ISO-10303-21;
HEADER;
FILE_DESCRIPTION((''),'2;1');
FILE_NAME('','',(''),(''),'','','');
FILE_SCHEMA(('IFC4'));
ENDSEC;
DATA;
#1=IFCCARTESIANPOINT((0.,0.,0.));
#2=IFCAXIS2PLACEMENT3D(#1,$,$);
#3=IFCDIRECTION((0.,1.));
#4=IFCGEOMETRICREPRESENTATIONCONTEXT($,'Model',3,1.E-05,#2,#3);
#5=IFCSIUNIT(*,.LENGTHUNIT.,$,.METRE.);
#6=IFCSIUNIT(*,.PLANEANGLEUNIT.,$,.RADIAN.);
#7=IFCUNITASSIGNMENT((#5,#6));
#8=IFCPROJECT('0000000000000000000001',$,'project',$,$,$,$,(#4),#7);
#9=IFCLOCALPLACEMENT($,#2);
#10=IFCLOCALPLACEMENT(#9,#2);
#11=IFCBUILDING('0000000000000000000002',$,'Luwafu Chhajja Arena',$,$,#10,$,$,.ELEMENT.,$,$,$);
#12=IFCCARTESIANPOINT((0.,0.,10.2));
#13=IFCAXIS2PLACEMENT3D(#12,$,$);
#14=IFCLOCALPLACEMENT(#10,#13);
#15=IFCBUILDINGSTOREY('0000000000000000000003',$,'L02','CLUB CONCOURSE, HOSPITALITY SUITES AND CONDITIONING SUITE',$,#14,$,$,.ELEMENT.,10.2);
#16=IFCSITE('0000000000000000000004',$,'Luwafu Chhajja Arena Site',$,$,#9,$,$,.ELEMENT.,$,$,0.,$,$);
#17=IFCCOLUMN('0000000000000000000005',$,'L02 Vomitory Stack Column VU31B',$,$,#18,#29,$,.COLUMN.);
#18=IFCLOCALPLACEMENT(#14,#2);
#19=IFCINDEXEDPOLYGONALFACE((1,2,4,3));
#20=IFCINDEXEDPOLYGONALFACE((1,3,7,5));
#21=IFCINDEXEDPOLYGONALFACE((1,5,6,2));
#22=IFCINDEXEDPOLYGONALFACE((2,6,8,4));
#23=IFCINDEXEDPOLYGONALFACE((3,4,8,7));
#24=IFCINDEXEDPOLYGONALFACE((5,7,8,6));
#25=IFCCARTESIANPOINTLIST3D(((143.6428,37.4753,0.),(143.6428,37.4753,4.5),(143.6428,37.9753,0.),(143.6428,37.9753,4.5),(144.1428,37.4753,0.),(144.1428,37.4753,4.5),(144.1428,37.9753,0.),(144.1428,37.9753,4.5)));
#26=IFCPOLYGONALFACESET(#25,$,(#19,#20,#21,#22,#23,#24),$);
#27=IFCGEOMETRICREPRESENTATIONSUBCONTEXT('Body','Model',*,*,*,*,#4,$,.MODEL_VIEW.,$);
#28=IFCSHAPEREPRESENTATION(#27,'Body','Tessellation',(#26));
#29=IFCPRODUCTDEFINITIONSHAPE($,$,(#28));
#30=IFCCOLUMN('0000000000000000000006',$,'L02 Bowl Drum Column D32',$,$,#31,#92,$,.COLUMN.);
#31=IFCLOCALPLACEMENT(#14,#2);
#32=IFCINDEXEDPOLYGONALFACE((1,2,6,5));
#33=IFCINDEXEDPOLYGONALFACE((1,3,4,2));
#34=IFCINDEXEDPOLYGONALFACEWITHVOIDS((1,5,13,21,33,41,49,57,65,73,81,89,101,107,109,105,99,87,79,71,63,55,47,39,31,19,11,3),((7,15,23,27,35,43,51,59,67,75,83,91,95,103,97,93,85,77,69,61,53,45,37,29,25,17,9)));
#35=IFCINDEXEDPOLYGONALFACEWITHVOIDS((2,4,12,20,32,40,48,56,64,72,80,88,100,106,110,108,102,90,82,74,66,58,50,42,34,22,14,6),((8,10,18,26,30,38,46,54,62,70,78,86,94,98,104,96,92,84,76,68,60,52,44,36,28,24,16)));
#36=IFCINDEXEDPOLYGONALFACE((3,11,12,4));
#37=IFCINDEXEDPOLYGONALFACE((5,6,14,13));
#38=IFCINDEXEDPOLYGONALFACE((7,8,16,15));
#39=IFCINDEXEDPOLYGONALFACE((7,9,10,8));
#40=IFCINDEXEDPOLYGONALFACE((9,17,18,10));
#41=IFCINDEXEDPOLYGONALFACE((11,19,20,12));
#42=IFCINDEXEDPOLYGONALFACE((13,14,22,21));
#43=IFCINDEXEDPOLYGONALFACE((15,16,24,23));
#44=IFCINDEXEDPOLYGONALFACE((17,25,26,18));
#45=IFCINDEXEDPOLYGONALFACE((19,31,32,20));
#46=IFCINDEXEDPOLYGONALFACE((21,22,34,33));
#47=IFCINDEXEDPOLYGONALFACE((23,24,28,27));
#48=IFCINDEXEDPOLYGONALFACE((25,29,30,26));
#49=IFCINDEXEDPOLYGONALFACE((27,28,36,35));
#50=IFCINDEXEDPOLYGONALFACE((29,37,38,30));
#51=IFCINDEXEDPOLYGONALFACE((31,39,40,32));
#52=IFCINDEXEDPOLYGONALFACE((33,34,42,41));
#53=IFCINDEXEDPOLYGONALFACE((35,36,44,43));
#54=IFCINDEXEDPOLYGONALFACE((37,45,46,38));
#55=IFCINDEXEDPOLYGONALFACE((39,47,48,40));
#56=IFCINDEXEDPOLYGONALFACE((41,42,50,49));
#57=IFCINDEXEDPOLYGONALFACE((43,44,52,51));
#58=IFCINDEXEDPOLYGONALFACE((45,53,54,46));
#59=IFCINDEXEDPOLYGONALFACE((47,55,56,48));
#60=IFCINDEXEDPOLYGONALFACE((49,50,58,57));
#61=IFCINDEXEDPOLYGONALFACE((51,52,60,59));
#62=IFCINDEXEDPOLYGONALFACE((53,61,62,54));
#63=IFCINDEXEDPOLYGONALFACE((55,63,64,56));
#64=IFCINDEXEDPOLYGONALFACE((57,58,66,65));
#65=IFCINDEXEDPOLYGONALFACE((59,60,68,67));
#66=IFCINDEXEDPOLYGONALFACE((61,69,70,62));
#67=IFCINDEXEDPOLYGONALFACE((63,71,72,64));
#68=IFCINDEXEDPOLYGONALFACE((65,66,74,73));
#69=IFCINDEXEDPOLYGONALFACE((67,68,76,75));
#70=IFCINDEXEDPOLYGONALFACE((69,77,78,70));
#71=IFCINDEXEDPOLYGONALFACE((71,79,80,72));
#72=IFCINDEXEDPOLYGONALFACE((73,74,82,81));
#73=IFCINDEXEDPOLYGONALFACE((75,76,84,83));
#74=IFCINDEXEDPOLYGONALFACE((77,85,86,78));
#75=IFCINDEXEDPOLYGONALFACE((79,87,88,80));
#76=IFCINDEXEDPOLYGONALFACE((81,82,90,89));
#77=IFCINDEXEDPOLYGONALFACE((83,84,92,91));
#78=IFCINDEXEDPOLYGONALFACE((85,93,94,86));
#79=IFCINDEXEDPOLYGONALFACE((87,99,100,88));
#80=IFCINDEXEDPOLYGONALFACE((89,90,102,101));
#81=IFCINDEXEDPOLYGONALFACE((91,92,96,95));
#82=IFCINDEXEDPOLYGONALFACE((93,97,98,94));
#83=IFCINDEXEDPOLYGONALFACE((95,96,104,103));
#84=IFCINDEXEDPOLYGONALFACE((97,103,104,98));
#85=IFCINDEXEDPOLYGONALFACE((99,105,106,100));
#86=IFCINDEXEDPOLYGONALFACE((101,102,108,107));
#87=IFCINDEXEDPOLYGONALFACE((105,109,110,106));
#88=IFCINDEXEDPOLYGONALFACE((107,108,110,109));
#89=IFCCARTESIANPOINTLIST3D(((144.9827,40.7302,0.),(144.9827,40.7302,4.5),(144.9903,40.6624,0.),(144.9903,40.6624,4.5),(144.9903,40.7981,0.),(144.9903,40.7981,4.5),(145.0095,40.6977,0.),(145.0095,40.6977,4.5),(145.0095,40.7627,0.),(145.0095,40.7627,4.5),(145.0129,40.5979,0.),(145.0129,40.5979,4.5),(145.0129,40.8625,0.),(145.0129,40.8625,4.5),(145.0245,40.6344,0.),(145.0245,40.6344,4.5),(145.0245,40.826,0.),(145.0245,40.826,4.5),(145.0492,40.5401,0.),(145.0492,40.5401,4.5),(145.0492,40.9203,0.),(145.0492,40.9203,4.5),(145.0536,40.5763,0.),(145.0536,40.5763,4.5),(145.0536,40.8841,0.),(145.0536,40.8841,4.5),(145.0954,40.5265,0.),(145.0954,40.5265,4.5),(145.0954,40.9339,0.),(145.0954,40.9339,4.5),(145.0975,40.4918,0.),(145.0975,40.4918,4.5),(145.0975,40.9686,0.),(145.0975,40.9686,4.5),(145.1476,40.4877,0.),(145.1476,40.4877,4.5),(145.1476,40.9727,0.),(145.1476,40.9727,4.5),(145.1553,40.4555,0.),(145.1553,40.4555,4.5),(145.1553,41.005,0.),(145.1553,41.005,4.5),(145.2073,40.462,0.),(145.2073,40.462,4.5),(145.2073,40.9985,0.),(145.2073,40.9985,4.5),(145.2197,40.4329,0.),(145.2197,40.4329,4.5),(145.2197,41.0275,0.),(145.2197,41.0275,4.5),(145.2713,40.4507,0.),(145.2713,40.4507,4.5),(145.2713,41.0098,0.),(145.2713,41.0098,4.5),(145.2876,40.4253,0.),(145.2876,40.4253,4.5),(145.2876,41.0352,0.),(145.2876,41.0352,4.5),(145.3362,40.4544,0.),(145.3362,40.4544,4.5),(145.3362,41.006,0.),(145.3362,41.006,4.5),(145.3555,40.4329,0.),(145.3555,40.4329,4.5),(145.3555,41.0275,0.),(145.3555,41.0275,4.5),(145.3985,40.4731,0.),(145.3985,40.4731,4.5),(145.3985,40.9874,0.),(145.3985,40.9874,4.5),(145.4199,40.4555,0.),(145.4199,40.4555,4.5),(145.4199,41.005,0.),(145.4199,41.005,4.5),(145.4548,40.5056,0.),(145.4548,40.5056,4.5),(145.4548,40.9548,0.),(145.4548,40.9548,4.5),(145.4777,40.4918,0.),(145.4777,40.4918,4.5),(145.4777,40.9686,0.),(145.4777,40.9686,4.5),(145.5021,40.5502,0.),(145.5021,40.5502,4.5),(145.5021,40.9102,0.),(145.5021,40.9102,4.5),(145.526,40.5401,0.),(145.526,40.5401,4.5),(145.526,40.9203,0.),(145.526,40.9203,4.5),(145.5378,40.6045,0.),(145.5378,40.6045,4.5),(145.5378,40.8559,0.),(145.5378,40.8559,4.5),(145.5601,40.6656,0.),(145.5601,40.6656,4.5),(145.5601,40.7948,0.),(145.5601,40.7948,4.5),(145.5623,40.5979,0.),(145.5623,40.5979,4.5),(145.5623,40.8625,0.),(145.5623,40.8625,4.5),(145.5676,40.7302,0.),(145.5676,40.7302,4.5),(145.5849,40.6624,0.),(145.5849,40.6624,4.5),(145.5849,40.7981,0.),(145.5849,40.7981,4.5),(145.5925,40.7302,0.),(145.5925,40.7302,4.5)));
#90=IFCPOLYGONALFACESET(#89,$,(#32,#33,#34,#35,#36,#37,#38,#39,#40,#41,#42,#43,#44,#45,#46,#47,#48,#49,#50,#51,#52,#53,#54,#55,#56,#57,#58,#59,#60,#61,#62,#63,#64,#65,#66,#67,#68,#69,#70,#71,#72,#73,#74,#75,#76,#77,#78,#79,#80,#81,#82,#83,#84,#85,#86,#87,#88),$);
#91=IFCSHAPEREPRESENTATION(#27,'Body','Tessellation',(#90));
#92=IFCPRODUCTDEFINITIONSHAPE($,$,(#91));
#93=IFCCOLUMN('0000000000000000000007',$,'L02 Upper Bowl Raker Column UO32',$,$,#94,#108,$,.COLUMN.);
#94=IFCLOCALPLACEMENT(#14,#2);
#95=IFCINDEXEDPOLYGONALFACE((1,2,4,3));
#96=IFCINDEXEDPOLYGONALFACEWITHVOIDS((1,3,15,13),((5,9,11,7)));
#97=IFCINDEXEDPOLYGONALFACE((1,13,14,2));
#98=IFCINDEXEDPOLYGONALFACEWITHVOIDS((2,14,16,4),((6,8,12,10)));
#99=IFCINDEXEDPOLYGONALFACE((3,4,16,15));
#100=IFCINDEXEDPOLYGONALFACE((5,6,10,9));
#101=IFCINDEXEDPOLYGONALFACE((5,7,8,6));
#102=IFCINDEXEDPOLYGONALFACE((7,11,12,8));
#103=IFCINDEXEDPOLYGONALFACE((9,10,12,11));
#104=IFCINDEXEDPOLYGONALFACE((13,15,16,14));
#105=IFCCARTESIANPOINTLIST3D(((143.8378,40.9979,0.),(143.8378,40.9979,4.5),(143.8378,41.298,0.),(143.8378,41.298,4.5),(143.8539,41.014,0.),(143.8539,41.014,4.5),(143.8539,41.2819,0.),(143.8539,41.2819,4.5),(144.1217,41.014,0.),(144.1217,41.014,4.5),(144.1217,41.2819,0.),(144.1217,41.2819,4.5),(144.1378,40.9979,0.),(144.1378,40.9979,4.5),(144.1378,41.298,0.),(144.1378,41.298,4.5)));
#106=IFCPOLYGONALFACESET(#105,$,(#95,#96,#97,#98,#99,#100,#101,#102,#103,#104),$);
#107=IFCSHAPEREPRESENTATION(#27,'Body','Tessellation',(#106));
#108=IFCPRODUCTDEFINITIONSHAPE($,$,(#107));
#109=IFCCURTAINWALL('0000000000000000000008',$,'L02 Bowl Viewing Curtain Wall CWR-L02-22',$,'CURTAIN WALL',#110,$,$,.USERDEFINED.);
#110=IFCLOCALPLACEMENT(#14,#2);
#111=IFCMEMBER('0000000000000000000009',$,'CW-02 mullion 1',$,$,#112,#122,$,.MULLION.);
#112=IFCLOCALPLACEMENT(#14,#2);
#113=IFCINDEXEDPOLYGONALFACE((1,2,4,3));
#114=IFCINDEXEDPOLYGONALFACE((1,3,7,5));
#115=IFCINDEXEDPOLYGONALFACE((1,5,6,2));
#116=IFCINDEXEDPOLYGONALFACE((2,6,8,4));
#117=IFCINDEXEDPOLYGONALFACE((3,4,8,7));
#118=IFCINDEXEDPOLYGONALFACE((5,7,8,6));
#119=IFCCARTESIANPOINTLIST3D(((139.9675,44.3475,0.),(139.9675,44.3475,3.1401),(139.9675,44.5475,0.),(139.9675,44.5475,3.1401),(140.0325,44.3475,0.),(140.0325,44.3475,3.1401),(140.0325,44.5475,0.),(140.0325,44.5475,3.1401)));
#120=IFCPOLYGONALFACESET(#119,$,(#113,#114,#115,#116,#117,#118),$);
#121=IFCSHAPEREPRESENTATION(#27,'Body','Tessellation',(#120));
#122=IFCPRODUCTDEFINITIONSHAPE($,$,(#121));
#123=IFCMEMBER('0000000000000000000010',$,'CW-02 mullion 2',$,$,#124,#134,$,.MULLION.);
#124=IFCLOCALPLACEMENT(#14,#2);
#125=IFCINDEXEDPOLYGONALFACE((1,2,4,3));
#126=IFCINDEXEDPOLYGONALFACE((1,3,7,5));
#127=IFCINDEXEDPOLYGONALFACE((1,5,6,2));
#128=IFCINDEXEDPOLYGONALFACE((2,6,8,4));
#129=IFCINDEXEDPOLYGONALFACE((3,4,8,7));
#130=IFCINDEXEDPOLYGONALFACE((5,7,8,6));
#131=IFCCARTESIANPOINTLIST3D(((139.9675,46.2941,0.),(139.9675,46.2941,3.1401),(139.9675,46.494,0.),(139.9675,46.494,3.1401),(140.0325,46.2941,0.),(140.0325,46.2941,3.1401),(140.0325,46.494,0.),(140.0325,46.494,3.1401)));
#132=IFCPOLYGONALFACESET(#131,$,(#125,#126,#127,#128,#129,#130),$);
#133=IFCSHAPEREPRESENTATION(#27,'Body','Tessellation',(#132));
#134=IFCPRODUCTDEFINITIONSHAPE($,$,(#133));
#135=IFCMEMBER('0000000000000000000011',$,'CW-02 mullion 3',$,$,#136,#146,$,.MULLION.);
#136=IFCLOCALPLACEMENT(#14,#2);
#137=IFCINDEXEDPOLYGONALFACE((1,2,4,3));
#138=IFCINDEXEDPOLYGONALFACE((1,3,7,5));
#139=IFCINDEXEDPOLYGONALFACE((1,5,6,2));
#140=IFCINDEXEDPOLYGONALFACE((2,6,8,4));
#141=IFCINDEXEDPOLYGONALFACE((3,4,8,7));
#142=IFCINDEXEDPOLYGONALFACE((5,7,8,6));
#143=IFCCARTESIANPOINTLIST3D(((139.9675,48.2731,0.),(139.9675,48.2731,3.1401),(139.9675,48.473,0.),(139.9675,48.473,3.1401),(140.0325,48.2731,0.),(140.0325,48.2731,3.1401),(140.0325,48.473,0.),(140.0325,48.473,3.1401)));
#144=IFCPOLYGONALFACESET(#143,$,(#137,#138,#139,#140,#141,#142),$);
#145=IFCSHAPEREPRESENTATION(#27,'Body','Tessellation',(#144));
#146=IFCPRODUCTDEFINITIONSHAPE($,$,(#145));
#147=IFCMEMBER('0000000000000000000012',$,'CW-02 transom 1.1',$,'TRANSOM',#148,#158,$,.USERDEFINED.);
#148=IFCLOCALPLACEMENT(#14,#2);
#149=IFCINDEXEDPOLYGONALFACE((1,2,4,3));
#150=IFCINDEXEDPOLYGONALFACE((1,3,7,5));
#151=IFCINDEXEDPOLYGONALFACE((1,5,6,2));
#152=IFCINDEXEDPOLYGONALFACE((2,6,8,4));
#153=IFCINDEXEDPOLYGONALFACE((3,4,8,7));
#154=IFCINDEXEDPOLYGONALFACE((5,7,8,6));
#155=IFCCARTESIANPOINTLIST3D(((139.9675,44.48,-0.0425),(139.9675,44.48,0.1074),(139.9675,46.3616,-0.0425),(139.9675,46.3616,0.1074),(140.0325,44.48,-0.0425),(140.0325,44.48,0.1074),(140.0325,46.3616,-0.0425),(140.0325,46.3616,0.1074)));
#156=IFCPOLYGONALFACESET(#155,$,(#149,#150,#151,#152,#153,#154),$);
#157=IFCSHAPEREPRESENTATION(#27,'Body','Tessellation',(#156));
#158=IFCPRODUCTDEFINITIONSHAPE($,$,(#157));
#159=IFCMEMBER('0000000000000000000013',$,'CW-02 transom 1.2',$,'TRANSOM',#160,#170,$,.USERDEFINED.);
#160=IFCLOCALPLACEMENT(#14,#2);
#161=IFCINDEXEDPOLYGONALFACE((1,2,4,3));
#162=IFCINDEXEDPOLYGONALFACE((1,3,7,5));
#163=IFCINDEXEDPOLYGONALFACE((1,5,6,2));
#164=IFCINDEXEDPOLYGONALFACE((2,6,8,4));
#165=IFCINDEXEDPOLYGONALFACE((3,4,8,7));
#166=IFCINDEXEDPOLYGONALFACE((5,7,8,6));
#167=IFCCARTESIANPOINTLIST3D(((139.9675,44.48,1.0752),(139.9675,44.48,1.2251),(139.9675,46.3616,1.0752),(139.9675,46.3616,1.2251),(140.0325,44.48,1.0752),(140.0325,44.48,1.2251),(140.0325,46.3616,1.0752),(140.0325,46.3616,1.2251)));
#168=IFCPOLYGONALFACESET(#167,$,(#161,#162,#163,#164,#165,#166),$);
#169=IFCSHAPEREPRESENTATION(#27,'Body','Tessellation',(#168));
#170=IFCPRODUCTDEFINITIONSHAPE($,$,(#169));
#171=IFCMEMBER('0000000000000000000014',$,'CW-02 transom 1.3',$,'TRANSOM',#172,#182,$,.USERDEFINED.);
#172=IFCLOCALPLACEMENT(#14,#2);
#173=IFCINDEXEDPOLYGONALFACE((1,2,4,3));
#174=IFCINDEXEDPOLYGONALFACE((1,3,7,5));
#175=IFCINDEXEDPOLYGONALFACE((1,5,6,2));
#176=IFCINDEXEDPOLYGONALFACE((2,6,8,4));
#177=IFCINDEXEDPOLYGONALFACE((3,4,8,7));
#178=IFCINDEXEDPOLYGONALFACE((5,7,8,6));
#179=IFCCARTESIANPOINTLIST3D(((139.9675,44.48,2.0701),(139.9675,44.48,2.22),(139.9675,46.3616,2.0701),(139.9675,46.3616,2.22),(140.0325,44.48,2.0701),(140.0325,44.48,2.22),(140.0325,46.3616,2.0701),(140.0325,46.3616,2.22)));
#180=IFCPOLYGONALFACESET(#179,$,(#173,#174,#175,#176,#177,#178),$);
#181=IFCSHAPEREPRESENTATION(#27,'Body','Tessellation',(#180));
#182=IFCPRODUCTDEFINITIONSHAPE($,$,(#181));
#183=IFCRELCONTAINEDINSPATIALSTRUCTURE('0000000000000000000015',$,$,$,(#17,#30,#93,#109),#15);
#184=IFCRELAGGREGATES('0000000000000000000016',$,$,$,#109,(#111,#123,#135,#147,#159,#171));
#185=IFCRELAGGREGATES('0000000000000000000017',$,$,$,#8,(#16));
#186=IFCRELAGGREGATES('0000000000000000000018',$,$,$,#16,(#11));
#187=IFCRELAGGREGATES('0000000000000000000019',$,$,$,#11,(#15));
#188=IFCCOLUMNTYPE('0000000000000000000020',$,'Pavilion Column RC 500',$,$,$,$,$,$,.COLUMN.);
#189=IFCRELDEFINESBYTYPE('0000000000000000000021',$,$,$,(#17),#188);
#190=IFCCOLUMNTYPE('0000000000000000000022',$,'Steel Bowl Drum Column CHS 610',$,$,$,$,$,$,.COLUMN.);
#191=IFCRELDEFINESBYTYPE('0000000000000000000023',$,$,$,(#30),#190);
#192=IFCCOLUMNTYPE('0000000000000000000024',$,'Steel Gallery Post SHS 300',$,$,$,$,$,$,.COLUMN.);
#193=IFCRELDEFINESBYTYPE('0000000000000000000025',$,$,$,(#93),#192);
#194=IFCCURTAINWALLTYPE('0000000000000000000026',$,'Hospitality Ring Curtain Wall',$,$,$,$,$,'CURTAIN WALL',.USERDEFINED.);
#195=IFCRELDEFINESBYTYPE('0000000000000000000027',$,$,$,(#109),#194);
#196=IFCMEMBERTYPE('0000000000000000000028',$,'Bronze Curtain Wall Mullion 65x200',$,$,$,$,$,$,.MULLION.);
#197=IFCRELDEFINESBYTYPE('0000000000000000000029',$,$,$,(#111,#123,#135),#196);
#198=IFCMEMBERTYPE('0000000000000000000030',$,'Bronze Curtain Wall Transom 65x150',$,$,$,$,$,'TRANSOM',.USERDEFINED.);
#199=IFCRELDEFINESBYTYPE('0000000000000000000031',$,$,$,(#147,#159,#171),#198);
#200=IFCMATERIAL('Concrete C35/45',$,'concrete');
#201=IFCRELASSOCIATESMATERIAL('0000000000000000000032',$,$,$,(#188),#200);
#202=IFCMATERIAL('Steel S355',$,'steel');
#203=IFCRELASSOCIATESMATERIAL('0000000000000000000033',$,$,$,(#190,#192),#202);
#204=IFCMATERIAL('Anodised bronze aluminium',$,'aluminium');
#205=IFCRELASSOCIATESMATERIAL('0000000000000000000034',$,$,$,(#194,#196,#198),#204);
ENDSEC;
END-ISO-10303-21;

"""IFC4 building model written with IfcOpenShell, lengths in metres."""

from ifc_helpers import new_model, si_unit, direction, frame, origin, origin_2d, place, context, subcontext, project, spatial, rectangle, hollow_rectangle, hollow_circle, extrude, material, material_profile, profile_set, type_object, element, aggregate, save


model = new_model("IFC4")

# Units and contexts
model_context = context("Model", 3, precision=1e-05, world=origin(), true_north=direction((0.0, 1.0)))
body_context = subcontext(model_context, "Body", "Model", "MODEL_VIEW")
ifc_project = project(units=[si_unit("LENGTHUNIT", "METRE"), si_unit("PLANEANGLEUNIT", "RADIAN")], contexts=[model_context])

# Site, building, storey
site_placement = place(None, origin())
site = spatial("IfcSite", under=ifc_project, at=site_placement, Name="Luwafu Chhajja Arena Site", CompositionType="ELEMENT", RefElevation=0.0)
building_placement = place(site_placement, origin())
building = spatial("IfcBuilding", under=site, at=building_placement, Name="Luwafu Chhajja Arena", CompositionType="ELEMENT")
storey_placement = place(building_placement, frame((0.0, 0.0, 10.2)))
storey = spatial("IfcBuildingStorey", under=building, at=storey_placement, Name="L02", Description="CLUB CONCOURSE, HOSPITALITY SUITES AND CONDITIONING SUITE", CompositionType="ELEMENT", Elevation=10.2)

# Columns
ifc_material_1 = material(Name="Concrete C35/45", Category="concrete")
ifc_material_profile_1 = material_profile(ifc_material_1, rectangle(XDim=0.5, YDim=0.5, at=origin_2d()), Name="RC 500x500")
ifc_profile_set_1 = profile_set([ifc_material_profile_1], Name="Concrete C35/45")
column_type_1 = type_object("IfcColumnType", Name="Pavilion Column RC 500", PredefinedType="COLUMN", material=ifc_profile_set_1)
column_1_placement = place(storey_placement, frame((143.8928, 37.7253, 0.0), z_axis=(0.0, 0.0, 1.0), x_axis=(1.0, 0.0, 0.0)))
element("IfcColumn", 1, at=column_1_placement, inside=storey, type_object=column_type_1, Name="L02 Vomitory Stack Column VU31B", PredefinedType="COLUMN", context=body_context, shape_type="SweptSolid", body=[
    extrude(rectangle(XDim=0.5, YDim=0.5, at=origin_2d()), origin(), (0.0, 0.0, 1.0), 4.5),
])
ifc_material_2 = material(Name="Steel S355", Category="steel")
ifc_material_profile_2 = material_profile(ifc_material_2, hollow_circle(Radius=0.3049, WallThickness=0.0249, at=origin_2d()), Name="CHS 610x25")
ifc_profile_set_2 = profile_set([ifc_material_profile_2], Name="Steel S355")
column_type_2 = type_object("IfcColumnType", Name="Steel Bowl Drum Column CHS 610", PredefinedType="COLUMN", material=ifc_profile_set_2)
column_2_placement = place(storey_placement, frame((145.2876, 40.7302, 0.0), z_axis=(0.0, 0.0, 1.0), x_axis=(1.0, 0.0, 0.0)))
element("IfcColumn", 2, at=column_2_placement, inside=storey, type_object=column_type_2, Name="L02 Bowl Drum Column D32", PredefinedType="COLUMN", context=body_context, shape_type="SweptSolid", body=[
    extrude(hollow_circle(Radius=0.3049, WallThickness=0.0249, at=origin_2d()), origin(), (0.0, 0.0, 1.0), 4.5),
])
ifc_material_profile_3 = material_profile(ifc_material_2, hollow_rectangle(XDim=0.3, YDim=0.3, WallThickness=0.0161, at=origin_2d()), Name="SHS 300x300x16")
ifc_profile_set_3 = profile_set([ifc_material_profile_3], Name="Steel S355")
column_type_3 = type_object("IfcColumnType", Name="Steel Gallery Post SHS 300", PredefinedType="COLUMN", material=ifc_profile_set_3)
column_3_placement = place(storey_placement, frame((143.9878, 41.1479, 0.0), z_axis=(0.0, 0.0, 1.0), x_axis=(1.0, 0.0, 0.0)))
element("IfcColumn", 3, at=column_3_placement, inside=storey, type_object=column_type_3, Name="L02 Upper Bowl Raker Column UO32", PredefinedType="COLUMN", context=body_context, shape_type="SweptSolid", body=[
    extrude(hollow_rectangle(XDim=0.3, YDim=0.3, WallThickness=0.0161, at=origin_2d()), origin(), (0.0, 0.0, 1.0), 4.5),
])

# Curtain wall, members
ifc_material_3 = material(Name="Anodised bronze aluminium", Category="aluminium")
curtain_wall_type = type_object("IfcCurtainWallType", Name="Hospitality Ring Curtain Wall", ElementType="CURTAIN WALL", PredefinedType="USERDEFINED", material=ifc_material_3)
curtain_wall_placement = place(storey_placement, origin())
curtain_wall = element("IfcCurtainWall", 4, at=curtain_wall_placement, inside=storey, type_object=curtain_wall_type, Name="L02 Bowl Viewing Curtain Wall CWR-L02-22", ObjectType="CURTAIN WALL", PredefinedType="USERDEFINED")
ifc_material_profile_4 = material_profile(ifc_material_3, rectangle(XDim=0.0649, YDim=0.2, at=origin_2d()), Name="CWM 65x200")
ifc_profile_set_4 = profile_set([ifc_material_profile_4], Name="Anodised bronze aluminium")
member_type_1 = type_object("IfcMemberType", Name="Bronze Curtain Wall Mullion 65x200", PredefinedType="MULLION", material=ifc_profile_set_4)
member_1_placement = place(storey_placement, frame((140.0, 44.4475, 0.0), z_axis=(0.0, 0.0, 1.0), x_axis=(-1.0, 0.0, 0.0)))
member_1 = element("IfcMember", 5, at=member_1_placement, type_object=member_type_1, Name="CW-02 mullion 1", PredefinedType="MULLION", context=body_context, shape_type="SweptSolid", body=[
    extrude(rectangle(XDim=0.0649, YDim=0.2, at=origin_2d()), origin(), (0.0, 0.0, 1.0), 3.1401),
])
member_2_placement = place(storey_placement, frame((140.0, 46.394, 0.0), z_axis=(0.0, 0.0, 1.0), x_axis=(-1.0, 0.0, 0.0)))
member_2 = element("IfcMember", 6, at=member_2_placement, type_object=member_type_1, Name="CW-02 mullion 2", PredefinedType="MULLION", context=body_context, shape_type="SweptSolid", body=[
    extrude(rectangle(XDim=0.0649, YDim=0.2, at=origin_2d()), origin(), (0.0, 0.0, 1.0), 3.1401),
])
member_3_placement = place(storey_placement, frame((140.0, 48.373, 0.0), z_axis=(0.0, 0.0, 1.0), x_axis=(-1.0, 0.0, 0.0)))
member_3 = element("IfcMember", 7, at=member_3_placement, type_object=member_type_1, Name="CW-02 mullion 3", PredefinedType="MULLION", context=body_context, shape_type="SweptSolid", body=[
    extrude(rectangle(XDim=0.0649, YDim=0.2, at=origin_2d()), origin(), (0.0, 0.0, 1.0), 3.1401),
])
ifc_material_profile_5 = material_profile(ifc_material_3, rectangle(XDim=0.0649, YDim=0.1499, at=origin_2d()), Name="CWT 65x150")
ifc_profile_set_5 = profile_set([ifc_material_profile_5], Name="Anodised bronze aluminium")
member_type_2 = type_object("IfcMemberType", Name="Bronze Curtain Wall Transom 65x150", ElementType="TRANSOM", PredefinedType="USERDEFINED", material=ifc_profile_set_5)
member_4_placement = place(storey_placement, frame((140.0, 44.48, 0.0325), z_axis=(0.0, 1.0, 0.0), x_axis=(-1.0, 0.0, 0.0)))
member_4 = element("IfcMember", 8, at=member_4_placement, type_object=member_type_2, Name="CW-02 transom 1.1", ObjectType="TRANSOM", PredefinedType="USERDEFINED", context=body_context, shape_type="SweptSolid", body=[
    extrude(rectangle(XDim=0.0649, YDim=0.1499, at=origin_2d()), origin(), (0.0, 0.0, 1.0), 1.8816),
])
member_5_placement = place(storey_placement, frame((140.0, 44.48, 1.1501), z_axis=(0.0, 1.0, 0.0), x_axis=(-1.0, 0.0, 0.0)))
member_5 = element("IfcMember", 9, at=member_5_placement, type_object=member_type_2, Name="CW-02 transom 1.2", ObjectType="TRANSOM", PredefinedType="USERDEFINED", context=body_context, shape_type="SweptSolid", body=[
    extrude(rectangle(XDim=0.0649, YDim=0.1499, at=origin_2d()), origin(), (0.0, 0.0, 1.0), 1.8816),
])
member_6_placement = place(storey_placement, frame((140.0, 44.48, 2.145), z_axis=(0.0, 1.0, 0.0), x_axis=(-1.0, 0.0, 0.0)))
member_6 = element("IfcMember", 10, at=member_6_placement, type_object=member_type_2, Name="CW-02 transom 1.3", ObjectType="TRANSOM", PredefinedType="USERDEFINED", context=body_context, shape_type="SweptSolid", body=[
    extrude(rectangle(XDim=0.0649, YDim=0.1499, at=origin_2d()), origin(), (0.0, 0.0, 1.0), 1.8816),
])

aggregate(curtain_wall, [member_1, member_2, member_3, member_4, member_5, member_6])

save(model, "model.ifc")
